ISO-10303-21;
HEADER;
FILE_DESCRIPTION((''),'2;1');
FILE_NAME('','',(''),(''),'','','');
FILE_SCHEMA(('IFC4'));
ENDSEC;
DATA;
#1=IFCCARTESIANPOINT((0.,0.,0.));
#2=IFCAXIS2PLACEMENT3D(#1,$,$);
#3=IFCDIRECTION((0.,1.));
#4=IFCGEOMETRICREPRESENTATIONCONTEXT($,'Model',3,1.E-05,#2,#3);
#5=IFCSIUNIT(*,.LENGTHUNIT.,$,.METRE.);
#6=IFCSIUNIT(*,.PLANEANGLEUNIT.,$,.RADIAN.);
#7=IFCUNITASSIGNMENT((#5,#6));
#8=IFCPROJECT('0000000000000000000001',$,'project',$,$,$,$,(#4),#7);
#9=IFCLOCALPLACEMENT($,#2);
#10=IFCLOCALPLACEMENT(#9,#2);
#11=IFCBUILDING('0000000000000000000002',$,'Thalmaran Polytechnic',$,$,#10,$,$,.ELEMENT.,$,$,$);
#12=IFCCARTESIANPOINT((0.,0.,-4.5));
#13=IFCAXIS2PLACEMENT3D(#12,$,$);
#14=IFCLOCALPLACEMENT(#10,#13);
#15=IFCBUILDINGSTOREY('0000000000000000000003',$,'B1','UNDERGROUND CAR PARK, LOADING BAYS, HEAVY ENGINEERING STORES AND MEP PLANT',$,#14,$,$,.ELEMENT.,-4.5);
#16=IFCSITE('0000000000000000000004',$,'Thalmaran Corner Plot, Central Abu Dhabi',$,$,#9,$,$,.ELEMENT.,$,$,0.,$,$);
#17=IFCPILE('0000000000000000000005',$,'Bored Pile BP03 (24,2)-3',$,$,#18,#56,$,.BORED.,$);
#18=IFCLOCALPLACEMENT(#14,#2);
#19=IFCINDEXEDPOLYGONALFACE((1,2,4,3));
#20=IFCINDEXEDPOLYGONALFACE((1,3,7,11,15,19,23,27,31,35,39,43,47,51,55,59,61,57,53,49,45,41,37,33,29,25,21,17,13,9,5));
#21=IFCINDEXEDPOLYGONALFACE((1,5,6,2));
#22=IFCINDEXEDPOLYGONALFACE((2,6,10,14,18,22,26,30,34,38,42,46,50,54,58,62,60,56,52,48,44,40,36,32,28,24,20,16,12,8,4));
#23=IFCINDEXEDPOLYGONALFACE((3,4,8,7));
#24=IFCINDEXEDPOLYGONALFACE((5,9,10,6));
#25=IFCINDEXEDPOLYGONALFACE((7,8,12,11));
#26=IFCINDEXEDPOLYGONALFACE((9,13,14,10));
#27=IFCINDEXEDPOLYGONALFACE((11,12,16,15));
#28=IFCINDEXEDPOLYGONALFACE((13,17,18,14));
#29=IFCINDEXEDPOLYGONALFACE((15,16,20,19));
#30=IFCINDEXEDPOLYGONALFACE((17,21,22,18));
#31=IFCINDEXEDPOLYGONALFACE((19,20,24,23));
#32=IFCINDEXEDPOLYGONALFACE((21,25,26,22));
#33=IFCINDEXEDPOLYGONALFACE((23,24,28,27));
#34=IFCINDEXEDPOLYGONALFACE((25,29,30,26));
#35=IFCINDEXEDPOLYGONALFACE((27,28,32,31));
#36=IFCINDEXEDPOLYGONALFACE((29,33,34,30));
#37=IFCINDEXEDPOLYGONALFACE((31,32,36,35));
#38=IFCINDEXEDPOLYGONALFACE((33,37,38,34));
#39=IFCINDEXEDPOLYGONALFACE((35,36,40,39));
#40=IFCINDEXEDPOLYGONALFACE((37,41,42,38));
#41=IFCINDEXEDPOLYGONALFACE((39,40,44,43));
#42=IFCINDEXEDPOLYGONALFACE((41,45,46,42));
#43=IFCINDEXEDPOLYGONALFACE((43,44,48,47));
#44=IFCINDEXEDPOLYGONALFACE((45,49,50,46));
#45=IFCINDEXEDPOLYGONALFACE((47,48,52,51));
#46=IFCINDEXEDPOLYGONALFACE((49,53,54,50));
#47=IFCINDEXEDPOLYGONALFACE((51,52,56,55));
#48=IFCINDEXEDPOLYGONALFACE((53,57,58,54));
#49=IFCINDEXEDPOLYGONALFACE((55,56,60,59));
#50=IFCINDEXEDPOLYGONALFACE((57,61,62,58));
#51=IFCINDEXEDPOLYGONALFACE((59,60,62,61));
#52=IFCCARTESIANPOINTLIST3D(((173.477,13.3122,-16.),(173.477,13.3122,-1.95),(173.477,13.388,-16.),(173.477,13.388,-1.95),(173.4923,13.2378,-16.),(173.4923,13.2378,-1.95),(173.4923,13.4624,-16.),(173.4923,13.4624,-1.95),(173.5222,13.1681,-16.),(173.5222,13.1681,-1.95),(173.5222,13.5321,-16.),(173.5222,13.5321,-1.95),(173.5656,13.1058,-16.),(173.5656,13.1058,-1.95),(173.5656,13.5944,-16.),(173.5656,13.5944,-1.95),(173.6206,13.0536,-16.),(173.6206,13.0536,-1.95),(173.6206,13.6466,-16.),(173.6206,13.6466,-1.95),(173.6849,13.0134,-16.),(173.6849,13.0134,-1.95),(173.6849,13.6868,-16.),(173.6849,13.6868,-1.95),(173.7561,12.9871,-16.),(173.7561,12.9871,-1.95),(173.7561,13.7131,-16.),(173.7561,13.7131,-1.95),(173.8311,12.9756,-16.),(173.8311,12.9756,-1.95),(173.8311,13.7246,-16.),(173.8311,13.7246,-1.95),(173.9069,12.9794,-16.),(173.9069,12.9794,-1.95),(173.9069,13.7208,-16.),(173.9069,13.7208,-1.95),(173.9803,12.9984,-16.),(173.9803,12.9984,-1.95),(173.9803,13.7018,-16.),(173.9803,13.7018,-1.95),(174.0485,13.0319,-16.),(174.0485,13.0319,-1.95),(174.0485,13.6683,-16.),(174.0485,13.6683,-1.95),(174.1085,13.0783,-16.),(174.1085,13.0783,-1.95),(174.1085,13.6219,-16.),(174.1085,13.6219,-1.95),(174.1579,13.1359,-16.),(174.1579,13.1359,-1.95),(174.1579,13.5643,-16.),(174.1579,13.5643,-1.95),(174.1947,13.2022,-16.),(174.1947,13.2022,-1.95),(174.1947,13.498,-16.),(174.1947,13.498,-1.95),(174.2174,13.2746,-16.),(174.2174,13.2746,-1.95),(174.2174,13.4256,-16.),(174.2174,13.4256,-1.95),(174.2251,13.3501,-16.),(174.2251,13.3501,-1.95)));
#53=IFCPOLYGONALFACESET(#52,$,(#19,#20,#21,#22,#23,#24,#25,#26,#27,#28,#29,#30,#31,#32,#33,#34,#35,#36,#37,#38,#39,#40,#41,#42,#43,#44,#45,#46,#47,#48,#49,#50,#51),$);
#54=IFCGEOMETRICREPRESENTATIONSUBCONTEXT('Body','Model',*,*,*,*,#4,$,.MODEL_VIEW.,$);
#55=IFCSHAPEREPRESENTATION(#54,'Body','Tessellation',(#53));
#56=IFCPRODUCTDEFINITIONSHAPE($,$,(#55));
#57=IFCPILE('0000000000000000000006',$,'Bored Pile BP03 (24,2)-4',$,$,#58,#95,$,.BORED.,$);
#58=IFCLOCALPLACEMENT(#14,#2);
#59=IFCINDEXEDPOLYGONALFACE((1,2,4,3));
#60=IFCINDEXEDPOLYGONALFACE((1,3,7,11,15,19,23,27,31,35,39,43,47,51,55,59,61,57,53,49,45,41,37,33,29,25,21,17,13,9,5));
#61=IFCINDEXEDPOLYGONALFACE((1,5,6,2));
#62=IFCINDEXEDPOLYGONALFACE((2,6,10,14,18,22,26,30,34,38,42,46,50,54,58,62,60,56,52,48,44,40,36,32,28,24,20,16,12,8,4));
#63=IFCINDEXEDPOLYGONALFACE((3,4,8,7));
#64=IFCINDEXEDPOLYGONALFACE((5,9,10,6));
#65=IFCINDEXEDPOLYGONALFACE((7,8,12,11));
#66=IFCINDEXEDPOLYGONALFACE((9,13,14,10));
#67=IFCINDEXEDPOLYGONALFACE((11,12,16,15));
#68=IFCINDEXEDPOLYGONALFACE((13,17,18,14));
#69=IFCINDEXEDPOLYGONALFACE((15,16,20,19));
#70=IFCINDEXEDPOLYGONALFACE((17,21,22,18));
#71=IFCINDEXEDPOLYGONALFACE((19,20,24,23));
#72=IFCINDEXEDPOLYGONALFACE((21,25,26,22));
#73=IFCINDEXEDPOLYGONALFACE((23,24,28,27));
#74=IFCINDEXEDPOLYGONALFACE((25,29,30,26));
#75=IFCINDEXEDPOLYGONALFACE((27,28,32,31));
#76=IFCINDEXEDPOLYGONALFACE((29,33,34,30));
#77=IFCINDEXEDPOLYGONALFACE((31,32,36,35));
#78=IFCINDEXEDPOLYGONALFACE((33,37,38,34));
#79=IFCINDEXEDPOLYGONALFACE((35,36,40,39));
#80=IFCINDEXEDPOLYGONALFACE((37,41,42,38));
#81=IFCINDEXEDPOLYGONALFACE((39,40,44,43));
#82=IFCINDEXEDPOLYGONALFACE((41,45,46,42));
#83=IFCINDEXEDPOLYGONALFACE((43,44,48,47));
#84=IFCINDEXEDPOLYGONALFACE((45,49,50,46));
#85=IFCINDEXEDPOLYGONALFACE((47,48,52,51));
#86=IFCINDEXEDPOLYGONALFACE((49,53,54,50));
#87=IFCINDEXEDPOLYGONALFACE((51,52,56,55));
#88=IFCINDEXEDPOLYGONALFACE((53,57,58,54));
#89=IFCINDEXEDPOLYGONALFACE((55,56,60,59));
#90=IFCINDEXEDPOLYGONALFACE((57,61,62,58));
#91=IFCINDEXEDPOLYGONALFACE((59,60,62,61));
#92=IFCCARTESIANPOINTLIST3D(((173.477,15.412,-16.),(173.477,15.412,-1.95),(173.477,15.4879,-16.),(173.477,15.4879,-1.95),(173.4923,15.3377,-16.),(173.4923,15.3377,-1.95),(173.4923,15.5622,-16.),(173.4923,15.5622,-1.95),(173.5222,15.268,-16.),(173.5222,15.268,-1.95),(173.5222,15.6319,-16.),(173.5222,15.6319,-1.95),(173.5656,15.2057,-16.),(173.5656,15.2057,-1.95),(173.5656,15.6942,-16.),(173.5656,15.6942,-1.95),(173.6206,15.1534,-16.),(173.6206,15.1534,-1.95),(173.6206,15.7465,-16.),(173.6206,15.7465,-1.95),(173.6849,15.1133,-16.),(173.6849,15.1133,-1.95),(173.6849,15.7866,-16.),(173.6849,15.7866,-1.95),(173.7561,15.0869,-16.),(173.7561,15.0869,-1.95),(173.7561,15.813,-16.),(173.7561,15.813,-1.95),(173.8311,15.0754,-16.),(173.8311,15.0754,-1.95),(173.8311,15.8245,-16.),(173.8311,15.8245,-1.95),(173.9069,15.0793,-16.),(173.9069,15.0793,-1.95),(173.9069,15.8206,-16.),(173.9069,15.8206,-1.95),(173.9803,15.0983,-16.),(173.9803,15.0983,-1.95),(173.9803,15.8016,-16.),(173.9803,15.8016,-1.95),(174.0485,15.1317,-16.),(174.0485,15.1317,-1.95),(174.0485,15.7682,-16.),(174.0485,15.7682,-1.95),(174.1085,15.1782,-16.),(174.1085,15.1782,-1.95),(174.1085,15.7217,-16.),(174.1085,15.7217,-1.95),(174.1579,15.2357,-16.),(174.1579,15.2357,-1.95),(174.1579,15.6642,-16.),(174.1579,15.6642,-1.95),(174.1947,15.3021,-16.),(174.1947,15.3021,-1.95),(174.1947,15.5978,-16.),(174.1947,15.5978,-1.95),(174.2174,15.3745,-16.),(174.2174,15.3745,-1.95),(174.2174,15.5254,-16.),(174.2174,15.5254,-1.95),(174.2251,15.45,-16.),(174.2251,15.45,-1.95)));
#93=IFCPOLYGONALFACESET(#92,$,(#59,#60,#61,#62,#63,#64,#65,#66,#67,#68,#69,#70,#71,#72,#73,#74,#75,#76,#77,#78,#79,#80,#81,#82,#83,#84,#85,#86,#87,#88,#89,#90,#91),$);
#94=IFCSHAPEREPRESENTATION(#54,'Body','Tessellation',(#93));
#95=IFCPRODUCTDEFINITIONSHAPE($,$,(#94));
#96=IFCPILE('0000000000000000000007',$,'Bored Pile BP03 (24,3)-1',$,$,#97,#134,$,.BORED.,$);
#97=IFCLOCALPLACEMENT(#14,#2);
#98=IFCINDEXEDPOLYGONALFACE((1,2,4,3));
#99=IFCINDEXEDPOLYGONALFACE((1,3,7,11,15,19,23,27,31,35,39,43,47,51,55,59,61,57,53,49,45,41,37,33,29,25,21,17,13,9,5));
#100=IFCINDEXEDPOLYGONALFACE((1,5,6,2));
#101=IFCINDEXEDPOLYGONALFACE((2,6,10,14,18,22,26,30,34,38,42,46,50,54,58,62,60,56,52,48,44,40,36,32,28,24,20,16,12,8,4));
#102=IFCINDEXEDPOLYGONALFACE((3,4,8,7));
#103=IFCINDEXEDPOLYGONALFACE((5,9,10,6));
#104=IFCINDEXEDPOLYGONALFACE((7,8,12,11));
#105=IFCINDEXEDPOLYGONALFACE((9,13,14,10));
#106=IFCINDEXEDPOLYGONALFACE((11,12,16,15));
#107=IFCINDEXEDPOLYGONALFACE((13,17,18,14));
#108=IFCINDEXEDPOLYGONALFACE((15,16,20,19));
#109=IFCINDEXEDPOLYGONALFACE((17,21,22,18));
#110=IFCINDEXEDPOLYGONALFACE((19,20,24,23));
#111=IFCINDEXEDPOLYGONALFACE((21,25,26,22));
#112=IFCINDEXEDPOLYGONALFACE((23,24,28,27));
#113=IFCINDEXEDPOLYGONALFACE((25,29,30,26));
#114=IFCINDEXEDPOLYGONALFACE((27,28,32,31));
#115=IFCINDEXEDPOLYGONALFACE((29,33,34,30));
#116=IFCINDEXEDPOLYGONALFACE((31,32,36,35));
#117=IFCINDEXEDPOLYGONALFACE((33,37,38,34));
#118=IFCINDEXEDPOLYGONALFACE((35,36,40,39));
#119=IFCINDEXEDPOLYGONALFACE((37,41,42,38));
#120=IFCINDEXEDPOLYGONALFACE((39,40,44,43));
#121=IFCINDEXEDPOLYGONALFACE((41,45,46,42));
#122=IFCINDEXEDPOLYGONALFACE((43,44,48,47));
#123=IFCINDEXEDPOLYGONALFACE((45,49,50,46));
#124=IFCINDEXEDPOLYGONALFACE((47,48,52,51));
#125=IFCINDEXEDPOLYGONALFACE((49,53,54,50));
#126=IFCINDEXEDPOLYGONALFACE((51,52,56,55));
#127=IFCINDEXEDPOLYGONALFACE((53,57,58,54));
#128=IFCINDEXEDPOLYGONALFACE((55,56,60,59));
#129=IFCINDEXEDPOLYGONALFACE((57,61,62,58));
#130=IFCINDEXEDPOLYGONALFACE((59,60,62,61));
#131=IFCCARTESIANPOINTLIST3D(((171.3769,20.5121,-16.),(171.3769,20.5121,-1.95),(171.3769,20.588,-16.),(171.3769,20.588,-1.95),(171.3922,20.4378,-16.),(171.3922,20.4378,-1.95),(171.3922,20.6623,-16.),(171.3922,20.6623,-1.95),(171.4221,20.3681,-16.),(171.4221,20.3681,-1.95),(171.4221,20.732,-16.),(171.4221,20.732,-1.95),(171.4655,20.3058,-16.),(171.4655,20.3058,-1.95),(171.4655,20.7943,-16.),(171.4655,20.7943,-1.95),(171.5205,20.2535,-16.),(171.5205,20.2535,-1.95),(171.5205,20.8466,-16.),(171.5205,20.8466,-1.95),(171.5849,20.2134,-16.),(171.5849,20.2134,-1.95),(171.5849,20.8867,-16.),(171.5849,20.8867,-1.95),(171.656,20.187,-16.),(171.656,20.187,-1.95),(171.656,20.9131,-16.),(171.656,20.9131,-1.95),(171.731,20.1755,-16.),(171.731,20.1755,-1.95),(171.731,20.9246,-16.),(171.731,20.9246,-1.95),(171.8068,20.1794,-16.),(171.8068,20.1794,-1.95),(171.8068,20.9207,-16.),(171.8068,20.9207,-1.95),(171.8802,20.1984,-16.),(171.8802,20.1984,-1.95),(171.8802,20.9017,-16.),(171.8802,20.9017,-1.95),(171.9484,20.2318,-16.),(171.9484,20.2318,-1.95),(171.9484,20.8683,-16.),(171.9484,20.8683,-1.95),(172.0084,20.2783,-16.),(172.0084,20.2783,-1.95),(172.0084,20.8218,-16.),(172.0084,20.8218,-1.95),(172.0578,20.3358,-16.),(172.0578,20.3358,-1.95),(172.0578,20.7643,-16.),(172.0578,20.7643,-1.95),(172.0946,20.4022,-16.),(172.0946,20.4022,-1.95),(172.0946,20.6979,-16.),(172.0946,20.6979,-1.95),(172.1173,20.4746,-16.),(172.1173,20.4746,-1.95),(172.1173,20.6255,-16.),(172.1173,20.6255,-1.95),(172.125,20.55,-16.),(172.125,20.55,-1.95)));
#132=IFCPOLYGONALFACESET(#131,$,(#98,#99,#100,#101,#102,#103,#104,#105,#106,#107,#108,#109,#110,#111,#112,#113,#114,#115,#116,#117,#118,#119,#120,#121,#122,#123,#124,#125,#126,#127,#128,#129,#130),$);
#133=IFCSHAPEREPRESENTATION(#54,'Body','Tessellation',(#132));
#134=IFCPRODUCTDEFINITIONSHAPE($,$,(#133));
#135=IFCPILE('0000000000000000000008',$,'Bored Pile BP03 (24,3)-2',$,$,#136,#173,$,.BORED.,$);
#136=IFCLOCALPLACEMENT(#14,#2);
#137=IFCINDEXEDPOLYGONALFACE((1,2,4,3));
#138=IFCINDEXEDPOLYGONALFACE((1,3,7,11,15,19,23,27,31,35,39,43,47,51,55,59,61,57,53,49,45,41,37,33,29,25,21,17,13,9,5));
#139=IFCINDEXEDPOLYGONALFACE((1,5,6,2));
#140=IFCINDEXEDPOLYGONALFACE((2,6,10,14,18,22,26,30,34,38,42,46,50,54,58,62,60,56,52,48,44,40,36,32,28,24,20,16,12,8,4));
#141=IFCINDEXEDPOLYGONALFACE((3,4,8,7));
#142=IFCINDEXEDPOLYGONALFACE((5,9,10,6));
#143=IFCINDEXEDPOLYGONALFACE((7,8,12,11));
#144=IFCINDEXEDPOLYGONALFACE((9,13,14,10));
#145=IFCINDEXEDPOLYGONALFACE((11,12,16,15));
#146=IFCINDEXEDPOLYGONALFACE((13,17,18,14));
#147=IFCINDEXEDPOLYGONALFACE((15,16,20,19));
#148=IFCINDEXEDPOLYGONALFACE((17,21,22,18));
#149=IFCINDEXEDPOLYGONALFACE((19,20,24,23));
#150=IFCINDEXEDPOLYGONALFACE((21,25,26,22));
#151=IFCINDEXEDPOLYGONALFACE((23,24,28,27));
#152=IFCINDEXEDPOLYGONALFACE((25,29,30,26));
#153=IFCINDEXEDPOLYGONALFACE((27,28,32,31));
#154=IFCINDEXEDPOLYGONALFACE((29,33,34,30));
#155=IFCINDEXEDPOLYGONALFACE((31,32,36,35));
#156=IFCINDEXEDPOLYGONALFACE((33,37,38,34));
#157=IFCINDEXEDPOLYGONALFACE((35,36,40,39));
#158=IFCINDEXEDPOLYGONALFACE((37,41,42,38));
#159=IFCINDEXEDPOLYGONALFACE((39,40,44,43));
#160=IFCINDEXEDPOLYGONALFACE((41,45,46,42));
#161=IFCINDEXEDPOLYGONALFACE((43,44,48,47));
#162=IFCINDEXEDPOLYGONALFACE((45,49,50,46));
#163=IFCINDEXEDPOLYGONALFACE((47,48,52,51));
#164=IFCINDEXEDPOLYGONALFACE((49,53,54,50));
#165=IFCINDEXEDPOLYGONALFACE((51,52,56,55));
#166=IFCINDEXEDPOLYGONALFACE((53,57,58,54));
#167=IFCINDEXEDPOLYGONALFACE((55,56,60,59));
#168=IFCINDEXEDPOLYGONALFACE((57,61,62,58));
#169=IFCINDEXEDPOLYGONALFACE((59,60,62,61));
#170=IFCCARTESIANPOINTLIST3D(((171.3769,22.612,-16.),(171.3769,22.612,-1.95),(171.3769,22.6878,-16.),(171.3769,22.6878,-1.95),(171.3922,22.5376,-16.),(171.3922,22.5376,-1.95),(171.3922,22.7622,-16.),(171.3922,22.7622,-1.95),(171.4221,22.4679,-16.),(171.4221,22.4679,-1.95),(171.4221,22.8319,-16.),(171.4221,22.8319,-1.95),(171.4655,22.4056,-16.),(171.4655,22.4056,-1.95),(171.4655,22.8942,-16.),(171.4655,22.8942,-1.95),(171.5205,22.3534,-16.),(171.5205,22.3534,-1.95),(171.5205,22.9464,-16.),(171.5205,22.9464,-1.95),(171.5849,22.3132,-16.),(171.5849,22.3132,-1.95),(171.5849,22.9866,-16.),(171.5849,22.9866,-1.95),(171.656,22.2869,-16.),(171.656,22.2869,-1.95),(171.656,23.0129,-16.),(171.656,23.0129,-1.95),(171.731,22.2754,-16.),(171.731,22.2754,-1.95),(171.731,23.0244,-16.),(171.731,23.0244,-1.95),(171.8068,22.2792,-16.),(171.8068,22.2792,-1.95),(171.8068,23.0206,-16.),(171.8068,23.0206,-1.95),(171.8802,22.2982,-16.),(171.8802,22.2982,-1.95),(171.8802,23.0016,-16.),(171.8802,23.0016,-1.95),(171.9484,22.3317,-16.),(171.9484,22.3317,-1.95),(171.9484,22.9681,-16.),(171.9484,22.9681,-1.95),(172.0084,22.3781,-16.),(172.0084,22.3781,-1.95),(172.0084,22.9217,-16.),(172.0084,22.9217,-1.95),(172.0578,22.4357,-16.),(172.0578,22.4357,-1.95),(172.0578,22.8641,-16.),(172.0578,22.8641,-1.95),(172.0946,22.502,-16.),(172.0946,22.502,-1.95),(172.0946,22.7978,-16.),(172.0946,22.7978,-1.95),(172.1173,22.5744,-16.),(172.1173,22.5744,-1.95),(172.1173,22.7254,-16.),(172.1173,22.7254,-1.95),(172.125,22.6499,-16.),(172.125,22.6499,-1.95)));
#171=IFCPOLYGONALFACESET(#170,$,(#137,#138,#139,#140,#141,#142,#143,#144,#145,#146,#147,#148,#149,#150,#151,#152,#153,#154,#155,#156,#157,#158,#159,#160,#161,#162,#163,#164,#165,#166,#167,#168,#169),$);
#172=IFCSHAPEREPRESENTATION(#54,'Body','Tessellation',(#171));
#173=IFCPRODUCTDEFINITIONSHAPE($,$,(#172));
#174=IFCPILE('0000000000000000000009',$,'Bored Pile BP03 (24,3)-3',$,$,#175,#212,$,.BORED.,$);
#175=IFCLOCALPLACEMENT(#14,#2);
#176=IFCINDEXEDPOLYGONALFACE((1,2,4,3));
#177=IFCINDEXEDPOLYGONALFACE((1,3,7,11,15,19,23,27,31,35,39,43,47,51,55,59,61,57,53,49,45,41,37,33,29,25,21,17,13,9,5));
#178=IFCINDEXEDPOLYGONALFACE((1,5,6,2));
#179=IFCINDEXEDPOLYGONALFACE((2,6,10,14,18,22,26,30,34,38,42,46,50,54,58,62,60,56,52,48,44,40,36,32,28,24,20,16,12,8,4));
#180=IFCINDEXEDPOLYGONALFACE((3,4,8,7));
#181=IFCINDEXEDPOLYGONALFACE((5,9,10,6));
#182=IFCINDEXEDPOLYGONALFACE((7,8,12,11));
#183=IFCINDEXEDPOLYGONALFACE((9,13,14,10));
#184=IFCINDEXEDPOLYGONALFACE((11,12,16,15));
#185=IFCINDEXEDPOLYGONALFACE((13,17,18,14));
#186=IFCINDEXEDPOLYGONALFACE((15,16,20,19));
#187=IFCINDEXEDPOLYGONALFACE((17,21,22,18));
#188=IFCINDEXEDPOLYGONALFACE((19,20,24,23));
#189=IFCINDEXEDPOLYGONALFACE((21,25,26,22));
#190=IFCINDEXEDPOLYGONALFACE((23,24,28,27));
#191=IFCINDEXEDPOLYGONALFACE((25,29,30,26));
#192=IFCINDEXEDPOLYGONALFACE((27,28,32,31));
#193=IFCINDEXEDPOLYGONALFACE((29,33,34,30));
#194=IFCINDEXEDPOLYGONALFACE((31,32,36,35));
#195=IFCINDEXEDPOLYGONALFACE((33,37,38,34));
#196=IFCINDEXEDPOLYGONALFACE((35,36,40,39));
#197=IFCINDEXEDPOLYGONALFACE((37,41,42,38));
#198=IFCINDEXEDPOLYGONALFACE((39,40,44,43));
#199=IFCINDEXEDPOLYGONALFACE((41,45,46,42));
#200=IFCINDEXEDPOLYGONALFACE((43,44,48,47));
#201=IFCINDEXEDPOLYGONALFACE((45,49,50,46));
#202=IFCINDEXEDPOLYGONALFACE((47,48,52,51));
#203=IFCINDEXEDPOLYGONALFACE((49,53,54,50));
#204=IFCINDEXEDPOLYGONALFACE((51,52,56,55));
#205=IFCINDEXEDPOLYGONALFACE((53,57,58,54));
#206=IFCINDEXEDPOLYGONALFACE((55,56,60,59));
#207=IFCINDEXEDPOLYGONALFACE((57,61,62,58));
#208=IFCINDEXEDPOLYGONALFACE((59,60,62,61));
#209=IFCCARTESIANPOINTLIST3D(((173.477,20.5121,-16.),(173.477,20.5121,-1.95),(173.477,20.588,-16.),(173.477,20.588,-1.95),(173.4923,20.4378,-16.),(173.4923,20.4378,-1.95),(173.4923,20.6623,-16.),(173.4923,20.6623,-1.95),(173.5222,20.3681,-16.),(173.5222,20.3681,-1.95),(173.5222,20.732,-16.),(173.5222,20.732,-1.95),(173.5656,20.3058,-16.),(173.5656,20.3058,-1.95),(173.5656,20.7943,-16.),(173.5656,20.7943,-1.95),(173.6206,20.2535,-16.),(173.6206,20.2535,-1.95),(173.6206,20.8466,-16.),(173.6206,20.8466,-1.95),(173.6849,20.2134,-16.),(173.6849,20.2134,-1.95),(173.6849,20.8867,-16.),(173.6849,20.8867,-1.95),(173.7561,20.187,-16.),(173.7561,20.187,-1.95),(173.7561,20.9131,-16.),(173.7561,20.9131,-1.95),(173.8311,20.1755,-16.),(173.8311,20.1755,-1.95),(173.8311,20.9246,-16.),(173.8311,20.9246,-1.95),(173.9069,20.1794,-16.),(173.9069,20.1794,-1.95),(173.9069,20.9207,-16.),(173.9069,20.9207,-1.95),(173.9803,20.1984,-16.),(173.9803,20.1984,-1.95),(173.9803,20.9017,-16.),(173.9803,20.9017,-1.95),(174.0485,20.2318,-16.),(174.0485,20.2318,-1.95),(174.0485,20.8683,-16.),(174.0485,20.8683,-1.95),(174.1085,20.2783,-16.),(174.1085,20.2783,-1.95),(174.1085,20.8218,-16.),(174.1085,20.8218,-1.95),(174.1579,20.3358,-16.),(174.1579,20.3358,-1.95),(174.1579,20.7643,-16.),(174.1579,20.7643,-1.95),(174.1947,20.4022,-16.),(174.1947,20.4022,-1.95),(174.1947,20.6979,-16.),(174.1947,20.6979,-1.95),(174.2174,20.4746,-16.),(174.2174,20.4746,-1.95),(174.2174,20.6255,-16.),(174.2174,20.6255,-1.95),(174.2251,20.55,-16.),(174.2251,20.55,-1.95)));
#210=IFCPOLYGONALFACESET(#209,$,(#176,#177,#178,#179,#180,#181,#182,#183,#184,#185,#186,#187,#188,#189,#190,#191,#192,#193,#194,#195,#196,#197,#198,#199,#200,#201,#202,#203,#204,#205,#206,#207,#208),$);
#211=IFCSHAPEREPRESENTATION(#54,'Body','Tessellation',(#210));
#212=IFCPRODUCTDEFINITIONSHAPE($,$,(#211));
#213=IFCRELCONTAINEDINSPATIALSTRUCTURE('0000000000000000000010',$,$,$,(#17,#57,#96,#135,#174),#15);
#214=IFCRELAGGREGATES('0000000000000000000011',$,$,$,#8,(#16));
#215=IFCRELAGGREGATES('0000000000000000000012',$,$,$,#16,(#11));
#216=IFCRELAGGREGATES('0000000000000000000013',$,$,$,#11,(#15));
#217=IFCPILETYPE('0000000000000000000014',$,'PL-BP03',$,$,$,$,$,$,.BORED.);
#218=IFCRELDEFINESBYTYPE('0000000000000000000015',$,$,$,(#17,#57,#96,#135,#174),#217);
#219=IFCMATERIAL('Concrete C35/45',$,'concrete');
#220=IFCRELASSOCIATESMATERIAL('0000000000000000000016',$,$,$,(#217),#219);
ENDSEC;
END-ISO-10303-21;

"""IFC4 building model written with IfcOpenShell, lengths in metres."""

from ifc_helpers import new_model, si_unit, direction, frame, origin, origin_2d, place, context, subcontext, project, spatial, circle, extrude, material, material_profile, profile_set, type_object, element, save


model = new_model("IFC4")

# Units and contexts
model_context = context("Model", 3, precision=1e-05, world=origin(), true_north=direction((0.0, 1.0)))
body_context = subcontext(model_context, "Body", "Model", "MODEL_VIEW")
ifc_project = project(units=[si_unit("LENGTHUNIT", "METRE"), si_unit("PLANEANGLEUNIT", "RADIAN")], contexts=[model_context])

# Site, building, storey
site_placement = place(None, origin())
site = spatial("IfcSite", under=ifc_project, at=site_placement, Name="Thalmaran Corner Plot, Central Abu Dhabi", CompositionType="ELEMENT", RefElevation=0.0)
building_placement = place(site_placement, origin())
building = spatial("IfcBuilding", under=site, at=building_placement, Name="Thalmaran Polytechnic", CompositionType="ELEMENT")
storey_placement = place(building_placement, frame((0.0, 0.0, -4.5)))
storey = spatial("IfcBuildingStorey", under=building, at=storey_placement, Name="B1", Description="UNDERGROUND CAR PARK, LOADING BAYS, HEAVY ENGINEERING STORES AND MEP PLANT", CompositionType="ELEMENT", Elevation=-4.5)

# Piles
ifc_material_1 = material(Name="Concrete C35/45", Category="concrete")
ifc_material_profile_1 = material_profile(ifc_material_1, circle(Radius=0.375, at=origin_2d()), Name="RC 750 DIA")
ifc_profile_set_1 = profile_set([ifc_material_profile_1], Name="Concrete C35/45")
pile_type = type_object("IfcPileType", Name="PL-BP03", PredefinedType="BORED", material=ifc_profile_set_1)
for number, where, z_axis, x_axis, name in (
    (1, (173.8501, 13.3501, -1.95), (0.0, 0.0, -1.0), (1.0, 0.0, 0.0), "Bored Pile BP03 (24,2)-3"),
    (2, (173.8501, 15.45, -1.95), (0.0, 0.0, -1.0), (1.0, 0.0, 0.0), "Bored Pile BP03 (24,2)-4"),
    (3, (171.75, 20.55, -1.95), (0.0, 0.0, -1.0), (1.0, 0.0, 0.0), "Bored Pile BP03 (24,3)-1"),
    (4, (171.75, 22.6499, -1.95), (0.0, 0.0, -1.0), (1.0, 0.0, 0.0), "Bored Pile BP03 (24,3)-2"),
    (5, (173.8501, 20.55, -1.95), (0.0, 0.0, -1.0), (1.0, 0.0, 0.0), "Bored Pile BP03 (24,3)-3"),
):
    element("IfcPile", number, at=place(storey_placement, frame(where, z_axis=z_axis, x_axis=x_axis)), inside=storey, type_object=pile_type, Name=name, PredefinedType="BORED", context=body_context, shape_type="SweptSolid", body=[
        extrude(circle(Radius=0.375, at=origin_2d()), origin(), (0.0, 0.0, 1.0), 14.05),
    ])

save(model, "model.ifc")
